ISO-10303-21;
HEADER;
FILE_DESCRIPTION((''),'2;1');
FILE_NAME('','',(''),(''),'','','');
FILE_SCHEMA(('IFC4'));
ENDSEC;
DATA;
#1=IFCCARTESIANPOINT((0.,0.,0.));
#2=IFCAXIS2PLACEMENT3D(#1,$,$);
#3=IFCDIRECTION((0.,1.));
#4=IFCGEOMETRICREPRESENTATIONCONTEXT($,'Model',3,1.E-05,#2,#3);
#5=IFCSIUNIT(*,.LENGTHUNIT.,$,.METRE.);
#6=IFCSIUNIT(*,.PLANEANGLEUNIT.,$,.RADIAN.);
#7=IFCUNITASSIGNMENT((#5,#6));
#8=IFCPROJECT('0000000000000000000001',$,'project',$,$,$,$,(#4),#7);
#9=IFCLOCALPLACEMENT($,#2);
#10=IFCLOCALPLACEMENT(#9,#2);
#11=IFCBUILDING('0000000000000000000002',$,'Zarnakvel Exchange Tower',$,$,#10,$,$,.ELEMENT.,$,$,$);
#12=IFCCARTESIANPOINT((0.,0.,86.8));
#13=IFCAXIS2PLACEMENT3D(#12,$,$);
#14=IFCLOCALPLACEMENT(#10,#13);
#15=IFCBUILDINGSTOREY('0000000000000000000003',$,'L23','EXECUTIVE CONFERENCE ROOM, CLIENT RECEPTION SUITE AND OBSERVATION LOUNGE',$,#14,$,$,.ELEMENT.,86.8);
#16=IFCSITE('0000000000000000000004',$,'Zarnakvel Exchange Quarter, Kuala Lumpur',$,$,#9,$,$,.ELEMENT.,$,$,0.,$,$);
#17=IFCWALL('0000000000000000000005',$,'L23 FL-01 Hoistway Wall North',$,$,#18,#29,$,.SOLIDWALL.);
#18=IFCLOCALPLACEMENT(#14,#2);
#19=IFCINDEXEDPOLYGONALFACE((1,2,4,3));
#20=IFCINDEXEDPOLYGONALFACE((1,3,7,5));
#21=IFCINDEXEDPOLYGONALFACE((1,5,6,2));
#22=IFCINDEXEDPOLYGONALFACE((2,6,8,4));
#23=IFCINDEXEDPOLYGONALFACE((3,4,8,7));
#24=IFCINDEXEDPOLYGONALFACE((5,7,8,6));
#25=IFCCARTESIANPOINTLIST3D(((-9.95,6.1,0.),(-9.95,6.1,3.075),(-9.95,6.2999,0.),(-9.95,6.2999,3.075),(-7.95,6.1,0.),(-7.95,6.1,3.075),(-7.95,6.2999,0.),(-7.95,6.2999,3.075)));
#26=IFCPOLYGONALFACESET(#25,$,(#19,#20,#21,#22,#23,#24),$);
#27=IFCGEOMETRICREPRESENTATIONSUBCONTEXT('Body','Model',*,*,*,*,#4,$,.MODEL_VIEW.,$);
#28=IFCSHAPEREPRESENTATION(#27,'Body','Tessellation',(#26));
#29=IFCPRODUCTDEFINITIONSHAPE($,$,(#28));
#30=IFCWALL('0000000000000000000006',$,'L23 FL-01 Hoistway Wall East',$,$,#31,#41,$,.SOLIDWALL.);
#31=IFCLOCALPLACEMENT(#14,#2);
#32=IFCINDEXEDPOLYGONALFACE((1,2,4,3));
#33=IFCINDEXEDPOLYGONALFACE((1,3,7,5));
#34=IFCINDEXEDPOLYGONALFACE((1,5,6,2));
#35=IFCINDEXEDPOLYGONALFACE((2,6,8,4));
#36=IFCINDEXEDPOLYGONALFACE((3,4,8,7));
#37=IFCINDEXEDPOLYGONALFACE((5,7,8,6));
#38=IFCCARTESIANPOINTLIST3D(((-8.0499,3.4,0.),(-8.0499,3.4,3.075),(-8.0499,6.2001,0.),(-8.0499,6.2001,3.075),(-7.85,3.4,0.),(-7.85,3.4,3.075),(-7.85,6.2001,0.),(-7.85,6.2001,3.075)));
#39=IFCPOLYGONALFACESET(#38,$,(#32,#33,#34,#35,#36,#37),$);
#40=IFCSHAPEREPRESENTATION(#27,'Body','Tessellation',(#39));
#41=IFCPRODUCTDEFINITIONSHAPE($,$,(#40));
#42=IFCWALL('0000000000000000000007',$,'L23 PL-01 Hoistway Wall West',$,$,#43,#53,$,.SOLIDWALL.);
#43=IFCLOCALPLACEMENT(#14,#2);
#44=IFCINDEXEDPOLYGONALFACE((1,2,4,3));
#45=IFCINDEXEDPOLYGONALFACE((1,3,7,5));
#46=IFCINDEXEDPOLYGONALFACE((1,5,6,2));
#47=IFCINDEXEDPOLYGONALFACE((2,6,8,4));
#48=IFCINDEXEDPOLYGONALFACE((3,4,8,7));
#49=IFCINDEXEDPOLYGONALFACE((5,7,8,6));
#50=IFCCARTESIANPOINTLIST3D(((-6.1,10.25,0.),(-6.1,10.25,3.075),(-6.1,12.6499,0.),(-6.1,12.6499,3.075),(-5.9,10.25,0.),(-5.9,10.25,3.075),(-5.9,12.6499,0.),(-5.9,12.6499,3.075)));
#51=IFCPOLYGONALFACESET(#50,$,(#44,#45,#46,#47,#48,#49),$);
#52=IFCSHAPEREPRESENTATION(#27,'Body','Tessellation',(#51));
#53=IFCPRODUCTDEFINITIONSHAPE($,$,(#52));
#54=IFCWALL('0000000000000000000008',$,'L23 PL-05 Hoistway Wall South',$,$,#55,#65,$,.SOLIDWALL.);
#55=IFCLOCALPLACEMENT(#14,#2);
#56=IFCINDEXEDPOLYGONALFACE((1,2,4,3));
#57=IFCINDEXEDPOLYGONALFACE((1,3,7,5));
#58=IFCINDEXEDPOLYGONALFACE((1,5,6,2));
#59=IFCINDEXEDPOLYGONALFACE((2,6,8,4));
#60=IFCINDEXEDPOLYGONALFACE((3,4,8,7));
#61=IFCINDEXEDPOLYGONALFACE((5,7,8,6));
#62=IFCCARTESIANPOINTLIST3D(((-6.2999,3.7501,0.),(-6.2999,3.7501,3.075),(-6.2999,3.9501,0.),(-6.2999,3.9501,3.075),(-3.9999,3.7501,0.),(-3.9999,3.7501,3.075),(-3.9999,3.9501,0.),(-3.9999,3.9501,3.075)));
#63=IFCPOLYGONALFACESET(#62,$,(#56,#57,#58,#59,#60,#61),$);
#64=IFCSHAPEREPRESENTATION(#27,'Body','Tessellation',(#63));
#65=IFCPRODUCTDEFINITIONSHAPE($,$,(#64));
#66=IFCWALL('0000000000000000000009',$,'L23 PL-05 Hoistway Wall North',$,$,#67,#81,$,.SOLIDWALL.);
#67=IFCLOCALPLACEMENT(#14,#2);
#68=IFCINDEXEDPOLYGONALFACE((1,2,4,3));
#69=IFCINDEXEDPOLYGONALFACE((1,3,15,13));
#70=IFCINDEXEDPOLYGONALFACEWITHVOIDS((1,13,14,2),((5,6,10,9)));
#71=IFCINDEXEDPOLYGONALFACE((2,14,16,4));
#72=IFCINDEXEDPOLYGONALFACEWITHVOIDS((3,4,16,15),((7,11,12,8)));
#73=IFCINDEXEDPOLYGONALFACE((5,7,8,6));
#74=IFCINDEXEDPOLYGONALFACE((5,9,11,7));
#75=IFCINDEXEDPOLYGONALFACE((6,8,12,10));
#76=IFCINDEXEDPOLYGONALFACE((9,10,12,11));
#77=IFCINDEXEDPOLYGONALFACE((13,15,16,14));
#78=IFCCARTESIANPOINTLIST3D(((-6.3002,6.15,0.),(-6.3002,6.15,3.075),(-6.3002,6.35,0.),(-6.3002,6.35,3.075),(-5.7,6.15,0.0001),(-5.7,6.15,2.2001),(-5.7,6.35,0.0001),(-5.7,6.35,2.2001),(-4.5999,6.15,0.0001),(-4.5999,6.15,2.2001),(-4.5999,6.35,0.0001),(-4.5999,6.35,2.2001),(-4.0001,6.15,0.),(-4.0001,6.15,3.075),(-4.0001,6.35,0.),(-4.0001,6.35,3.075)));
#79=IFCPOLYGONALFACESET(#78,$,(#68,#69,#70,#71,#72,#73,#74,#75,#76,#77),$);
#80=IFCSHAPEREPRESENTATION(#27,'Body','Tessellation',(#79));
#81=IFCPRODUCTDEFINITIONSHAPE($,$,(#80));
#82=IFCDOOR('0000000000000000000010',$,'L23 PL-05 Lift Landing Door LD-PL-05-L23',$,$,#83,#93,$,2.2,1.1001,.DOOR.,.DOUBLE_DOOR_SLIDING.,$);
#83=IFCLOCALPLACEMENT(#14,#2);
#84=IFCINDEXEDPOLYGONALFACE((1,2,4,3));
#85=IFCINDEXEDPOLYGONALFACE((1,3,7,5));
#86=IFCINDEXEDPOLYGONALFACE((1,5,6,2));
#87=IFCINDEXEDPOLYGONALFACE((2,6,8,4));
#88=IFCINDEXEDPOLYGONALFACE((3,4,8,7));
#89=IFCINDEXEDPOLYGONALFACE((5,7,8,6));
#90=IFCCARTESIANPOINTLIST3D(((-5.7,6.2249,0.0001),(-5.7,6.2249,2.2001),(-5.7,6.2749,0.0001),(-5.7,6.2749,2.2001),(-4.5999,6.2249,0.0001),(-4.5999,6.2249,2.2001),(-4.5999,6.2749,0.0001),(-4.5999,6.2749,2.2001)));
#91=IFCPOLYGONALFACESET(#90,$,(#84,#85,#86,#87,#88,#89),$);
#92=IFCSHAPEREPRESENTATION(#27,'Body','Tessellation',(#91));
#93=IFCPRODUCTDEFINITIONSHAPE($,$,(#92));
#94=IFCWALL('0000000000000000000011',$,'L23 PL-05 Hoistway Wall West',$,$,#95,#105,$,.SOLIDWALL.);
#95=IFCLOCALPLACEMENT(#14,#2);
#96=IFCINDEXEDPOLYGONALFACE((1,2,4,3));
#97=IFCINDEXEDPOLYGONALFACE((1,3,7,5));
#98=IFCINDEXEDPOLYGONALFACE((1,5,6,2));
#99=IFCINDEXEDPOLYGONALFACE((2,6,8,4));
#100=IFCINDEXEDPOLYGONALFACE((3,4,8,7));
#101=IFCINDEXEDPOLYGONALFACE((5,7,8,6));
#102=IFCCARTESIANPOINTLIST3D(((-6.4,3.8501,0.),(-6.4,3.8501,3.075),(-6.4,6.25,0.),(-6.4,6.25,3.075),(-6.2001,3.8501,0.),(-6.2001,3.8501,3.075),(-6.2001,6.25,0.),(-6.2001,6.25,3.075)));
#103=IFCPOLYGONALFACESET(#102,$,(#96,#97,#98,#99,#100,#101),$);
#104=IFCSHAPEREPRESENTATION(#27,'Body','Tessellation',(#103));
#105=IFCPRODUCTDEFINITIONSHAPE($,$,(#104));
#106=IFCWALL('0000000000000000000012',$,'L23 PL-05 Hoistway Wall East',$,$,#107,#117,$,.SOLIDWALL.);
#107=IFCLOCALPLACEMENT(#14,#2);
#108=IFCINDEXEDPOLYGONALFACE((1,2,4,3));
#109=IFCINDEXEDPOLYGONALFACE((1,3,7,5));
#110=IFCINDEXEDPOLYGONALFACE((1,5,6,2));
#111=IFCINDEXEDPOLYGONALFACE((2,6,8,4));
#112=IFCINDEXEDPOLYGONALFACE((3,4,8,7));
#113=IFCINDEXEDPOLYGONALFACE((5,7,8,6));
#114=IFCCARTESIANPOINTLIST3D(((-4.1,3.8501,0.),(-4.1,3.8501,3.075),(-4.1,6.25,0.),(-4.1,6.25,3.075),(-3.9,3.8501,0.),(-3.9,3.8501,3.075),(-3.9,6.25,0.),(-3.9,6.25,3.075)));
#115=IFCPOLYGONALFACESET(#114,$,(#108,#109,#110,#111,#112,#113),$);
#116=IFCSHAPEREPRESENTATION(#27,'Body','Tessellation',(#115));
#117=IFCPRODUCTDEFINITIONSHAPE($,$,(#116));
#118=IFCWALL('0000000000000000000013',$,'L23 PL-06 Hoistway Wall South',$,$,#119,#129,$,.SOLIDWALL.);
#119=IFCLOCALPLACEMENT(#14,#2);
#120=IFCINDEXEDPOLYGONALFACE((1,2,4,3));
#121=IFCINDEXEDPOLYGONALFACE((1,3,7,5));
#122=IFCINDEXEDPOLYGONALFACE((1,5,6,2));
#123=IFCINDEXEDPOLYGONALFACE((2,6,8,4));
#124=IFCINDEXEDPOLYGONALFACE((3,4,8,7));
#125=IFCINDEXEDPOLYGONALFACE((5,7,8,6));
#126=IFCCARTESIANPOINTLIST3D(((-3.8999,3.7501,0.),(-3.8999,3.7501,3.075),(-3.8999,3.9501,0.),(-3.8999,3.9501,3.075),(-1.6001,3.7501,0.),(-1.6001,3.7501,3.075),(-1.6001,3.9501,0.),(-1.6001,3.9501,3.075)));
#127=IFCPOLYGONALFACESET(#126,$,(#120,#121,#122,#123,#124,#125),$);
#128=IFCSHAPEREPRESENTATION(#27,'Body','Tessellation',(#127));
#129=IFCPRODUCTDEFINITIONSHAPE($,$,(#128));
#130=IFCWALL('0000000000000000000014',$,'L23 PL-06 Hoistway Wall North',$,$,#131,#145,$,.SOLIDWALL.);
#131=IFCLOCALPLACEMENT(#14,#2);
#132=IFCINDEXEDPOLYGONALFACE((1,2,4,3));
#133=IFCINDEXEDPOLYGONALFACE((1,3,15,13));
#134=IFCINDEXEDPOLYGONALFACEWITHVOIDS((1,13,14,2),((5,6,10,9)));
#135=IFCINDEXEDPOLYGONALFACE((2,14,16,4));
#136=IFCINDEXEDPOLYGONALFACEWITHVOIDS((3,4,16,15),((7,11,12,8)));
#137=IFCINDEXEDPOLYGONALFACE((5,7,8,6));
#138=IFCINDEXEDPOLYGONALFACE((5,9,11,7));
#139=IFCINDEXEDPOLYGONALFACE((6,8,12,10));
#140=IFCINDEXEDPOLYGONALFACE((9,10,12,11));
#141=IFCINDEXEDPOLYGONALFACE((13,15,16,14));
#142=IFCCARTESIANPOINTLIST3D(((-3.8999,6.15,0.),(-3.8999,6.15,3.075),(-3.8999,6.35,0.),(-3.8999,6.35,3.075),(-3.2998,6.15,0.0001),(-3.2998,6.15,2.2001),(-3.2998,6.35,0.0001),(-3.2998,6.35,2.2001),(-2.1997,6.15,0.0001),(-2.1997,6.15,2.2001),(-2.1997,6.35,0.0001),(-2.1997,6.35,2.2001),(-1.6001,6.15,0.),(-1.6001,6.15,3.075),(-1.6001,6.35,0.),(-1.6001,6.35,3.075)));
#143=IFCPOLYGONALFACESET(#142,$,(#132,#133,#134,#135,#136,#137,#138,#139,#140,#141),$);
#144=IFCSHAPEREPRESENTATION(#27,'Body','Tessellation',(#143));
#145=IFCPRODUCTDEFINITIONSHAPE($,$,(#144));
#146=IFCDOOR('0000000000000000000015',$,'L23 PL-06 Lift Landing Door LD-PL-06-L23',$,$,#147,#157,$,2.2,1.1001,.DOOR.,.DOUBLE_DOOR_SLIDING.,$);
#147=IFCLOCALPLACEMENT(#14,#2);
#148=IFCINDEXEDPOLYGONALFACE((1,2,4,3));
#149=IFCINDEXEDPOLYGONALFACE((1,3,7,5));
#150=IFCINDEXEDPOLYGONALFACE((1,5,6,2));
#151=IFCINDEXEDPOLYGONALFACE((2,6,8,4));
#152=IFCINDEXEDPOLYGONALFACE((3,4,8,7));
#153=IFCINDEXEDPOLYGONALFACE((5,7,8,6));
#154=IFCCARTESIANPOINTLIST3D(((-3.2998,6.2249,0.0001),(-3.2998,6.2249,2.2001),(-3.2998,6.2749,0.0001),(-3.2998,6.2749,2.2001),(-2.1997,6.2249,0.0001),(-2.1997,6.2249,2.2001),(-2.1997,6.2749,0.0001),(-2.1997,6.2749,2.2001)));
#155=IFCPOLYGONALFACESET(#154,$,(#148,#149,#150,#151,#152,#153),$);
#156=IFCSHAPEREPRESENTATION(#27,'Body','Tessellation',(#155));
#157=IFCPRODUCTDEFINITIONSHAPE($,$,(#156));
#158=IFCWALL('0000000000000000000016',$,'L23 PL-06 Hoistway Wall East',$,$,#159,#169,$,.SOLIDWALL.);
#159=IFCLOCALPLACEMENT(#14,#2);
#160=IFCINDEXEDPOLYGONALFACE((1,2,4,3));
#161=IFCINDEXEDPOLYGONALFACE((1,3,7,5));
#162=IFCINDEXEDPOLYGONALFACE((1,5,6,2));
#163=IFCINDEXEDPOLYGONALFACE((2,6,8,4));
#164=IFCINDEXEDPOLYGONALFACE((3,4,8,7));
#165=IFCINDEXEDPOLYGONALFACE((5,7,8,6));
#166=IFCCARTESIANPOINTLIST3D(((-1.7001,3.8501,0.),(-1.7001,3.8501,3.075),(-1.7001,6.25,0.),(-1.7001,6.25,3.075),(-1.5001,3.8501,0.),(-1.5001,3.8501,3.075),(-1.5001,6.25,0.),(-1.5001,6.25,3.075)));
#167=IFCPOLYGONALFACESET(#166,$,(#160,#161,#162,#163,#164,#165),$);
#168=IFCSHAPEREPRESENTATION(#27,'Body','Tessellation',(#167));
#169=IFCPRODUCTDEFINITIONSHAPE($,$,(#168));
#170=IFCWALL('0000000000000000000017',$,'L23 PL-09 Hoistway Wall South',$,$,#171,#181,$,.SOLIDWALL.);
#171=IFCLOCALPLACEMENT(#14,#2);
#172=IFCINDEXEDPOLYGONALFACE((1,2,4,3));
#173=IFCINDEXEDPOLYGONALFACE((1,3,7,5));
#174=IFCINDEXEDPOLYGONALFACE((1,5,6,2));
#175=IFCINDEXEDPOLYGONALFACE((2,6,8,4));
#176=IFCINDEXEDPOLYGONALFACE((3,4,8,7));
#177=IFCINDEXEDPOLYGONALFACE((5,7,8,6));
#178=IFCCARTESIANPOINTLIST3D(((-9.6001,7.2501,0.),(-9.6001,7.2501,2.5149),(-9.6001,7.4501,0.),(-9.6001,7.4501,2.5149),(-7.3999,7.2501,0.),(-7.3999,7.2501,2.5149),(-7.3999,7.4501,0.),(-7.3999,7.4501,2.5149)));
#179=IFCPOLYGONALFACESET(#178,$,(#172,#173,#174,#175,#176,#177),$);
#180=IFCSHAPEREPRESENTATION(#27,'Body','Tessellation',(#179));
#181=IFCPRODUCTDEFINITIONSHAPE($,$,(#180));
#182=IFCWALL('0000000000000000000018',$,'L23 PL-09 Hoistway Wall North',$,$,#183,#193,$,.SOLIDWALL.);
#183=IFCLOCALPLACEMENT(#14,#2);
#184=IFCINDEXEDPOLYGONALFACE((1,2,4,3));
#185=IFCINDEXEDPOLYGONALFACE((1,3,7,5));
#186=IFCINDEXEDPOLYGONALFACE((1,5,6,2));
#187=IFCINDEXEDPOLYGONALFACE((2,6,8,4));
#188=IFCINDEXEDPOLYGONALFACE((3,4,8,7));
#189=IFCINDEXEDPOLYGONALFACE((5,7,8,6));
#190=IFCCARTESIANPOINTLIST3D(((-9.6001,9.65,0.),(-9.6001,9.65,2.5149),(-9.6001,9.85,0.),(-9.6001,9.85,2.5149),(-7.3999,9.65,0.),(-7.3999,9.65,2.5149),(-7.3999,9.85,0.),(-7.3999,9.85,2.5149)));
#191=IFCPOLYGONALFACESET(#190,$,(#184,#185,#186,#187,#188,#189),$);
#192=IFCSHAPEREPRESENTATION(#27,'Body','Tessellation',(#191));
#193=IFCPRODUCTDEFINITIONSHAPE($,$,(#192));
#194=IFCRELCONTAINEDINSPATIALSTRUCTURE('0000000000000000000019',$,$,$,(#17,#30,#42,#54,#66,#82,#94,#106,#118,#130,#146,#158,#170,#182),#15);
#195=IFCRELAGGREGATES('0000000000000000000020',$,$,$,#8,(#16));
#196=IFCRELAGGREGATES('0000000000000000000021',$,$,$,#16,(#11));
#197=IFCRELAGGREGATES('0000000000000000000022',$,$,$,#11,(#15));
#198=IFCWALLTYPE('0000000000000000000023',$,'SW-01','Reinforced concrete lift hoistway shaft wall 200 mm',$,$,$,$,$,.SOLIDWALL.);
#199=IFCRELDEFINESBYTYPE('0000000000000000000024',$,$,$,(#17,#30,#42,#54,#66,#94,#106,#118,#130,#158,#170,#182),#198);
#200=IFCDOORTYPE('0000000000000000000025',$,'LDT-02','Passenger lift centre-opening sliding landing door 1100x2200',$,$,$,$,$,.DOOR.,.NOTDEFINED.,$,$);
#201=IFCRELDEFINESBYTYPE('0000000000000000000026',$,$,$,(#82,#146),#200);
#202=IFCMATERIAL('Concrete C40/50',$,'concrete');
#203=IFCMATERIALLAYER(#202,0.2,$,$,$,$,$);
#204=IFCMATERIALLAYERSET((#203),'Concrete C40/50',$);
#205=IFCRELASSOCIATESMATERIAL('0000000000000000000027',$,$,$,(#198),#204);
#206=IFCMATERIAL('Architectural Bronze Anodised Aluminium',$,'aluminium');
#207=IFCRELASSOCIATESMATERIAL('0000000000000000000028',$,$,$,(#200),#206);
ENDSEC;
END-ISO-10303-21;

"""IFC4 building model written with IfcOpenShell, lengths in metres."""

from ifc_helpers import new_model, si_unit, direction, frame, frame_2d, origin, place, context, subcontext, project, spatial, rectangle, extrude, source, transform, mapped, material, layer, layer_set, type_object, element, fill, save


model = new_model("IFC4")

# Units and contexts
model_context = context("Model", 3, precision=1e-05, world=origin(), true_north=direction((0.0, 1.0)))
body_context = subcontext(model_context, "Body", "Model", "MODEL_VIEW")
ifc_project = project(units=[si_unit("LENGTHUNIT", "METRE"), si_unit("PLANEANGLEUNIT", "RADIAN")], contexts=[model_context])

# Site, building, storey
site_placement = place(None, origin())
site = spatial("IfcSite", under=ifc_project, at=site_placement, Name="Zarnakvel Exchange Quarter, Kuala Lumpur", CompositionType="ELEMENT", RefElevation=0.0)
building_placement = place(site_placement, origin())
building = spatial("IfcBuilding", under=site, at=building_placement, Name="Zarnakvel Exchange Tower", CompositionType="ELEMENT")
storey_placement = place(building_placement, frame((0.0, 0.0, 86.8)))
storey = spatial("IfcBuildingStorey", under=building, at=storey_placement, Name="L23", Description="EXECUTIVE CONFERENCE ROOM, CLIENT RECEPTION SUITE AND OBSERVATION LOUNGE", CompositionType="ELEMENT", Elevation=86.8)

# Walls
ifc_material_1 = material(Name="Concrete C40/50", Category="concrete")
ifc_layer_1 = layer(ifc_material_1, 0.2)
ifc_layer_set_1 = layer_set([ifc_layer_1], Name="Concrete C40/50")
wall_type_1 = type_object("IfcWallType", Name="SW-01", Description="Reinforced concrete lift hoistway shaft wall 200 mm", PredefinedType="SOLIDWALL", material=ifc_layer_set_1)
wall_1_placement = place(storey_placement, frame((-9.95, 6.2, 0.0), z_axis=(0.0, 0.0, 1.0), x_axis=(1.0, 0.0, 0.0)))
element("IfcWall", 1, at=wall_1_placement, inside=storey, type_object=wall_type_1, Name="L23 FL-01 Hoistway Wall North", PredefinedType="SOLIDWALL", context=body_context, shape_type="SweptSolid", body=[
    extrude(rectangle(XDim=2.0, YDim=0.2, at=frame_2d((1.0, 0.0))), origin(), (0.0, 0.0, 1.0), 3.075),
])
wall_2_placement = place(storey_placement, frame((-7.95, 6.2, 0.0), z_axis=(0.0, 0.0, 1.0), x_axis=(0.0, -1.0, 0.0)))
element("IfcWall", 2, at=wall_2_placement, inside=storey, type_object=wall_type_1, Name="L23 FL-01 Hoistway Wall East", PredefinedType="SOLIDWALL", context=body_context, shape_type="SweptSolid", body=[
    extrude(rectangle(XDim=2.8, YDim=0.2, at=frame_2d((1.3999, 0.0))), origin(), (0.0, 0.0, 1.0), 3.075),
])
wall_3_placement = place(storey_placement, frame((-6.0, 10.25, 0.0), z_axis=(0.0, 0.0, 1.0), x_axis=(0.0, 1.0, 0.0)))
element("IfcWall", 3, at=wall_3_placement, inside=storey, type_object=wall_type_1, Name="L23 PL-01 Hoistway Wall West", PredefinedType="SOLIDWALL", context=body_context, shape_type="SweptSolid", body=[
    extrude(rectangle(XDim=2.3999, YDim=0.2, at=frame_2d((1.2, 0.0))), origin(), (0.0, 0.0, 1.0), 3.075),
])
wall_4_placement = place(storey_placement, frame((-4.0, 3.8501, 0.0), z_axis=(0.0, 0.0, 1.0), x_axis=(-1.0, 0.0, 0.0)))
element("IfcWall", 4, at=wall_4_placement, inside=storey, type_object=wall_type_1, Name="L23 PL-05 Hoistway Wall South", PredefinedType="SOLIDWALL", context=body_context, shape_type="SweptSolid", body=[
    extrude(rectangle(XDim=2.3, YDim=0.2, at=frame_2d((1.1499, 0.0))), origin(), (0.0, 0.0, 1.0), 3.075),
])

# Wall, opening, door
wall_5_placement = place(storey_placement, frame((-6.3, 6.25, 0.0), z_axis=(0.0, 0.0, 1.0), x_axis=(1.0, 0.0, 0.0)))
wall_5 = element("IfcWall", 5, at=wall_5_placement, inside=storey, type_object=wall_type_1, Name="L23 PL-05 Hoistway Wall North", PredefinedType="SOLIDWALL", context=body_context, shape_type="SweptSolid", body=[
    extrude(rectangle(XDim=2.3, YDim=0.2, at=frame_2d((1.1499, 0.0))), origin(), (0.0, 0.0, 1.0), 3.075),
])
opening_1_placement = place(wall_5_placement, frame((0.6001, 0.0, 0.0)))
opening_1 = element("IfcOpeningElement", 6, at=opening_1_placement, cuts=wall_5, PredefinedType="OPENING", context=body_context, shape_type="SweptSolid", body=[
    extrude(rectangle(XDim=1.1001, YDim=2.2, at=frame_2d((0.55, 1.1001))), frame((0.0, 0.1099, 0.0), z_axis=(0.0, -1.0, 0.0), x_axis=(1.0, 0.0, 0.0)), (0.0, 0.0, 1.0), 0.22),
])
ifc_material_2 = material(Name="Architectural Bronze Anodised Aluminium", Category="aluminium")
door_type_1 = type_object("IfcDoorType", Name="LDT-02", Description="Passenger lift centre-opening sliding landing door 1100x2200", OperationType="NOTDEFINED", PredefinedType="DOOR", material=ifc_material_2)
shared_shape_1 = source(origin(), body_context, "Body", "SweptSolid", [
    extrude(rectangle(XDim=1.1001, YDim=2.2, at=frame_2d((0.55, 1.1001))), frame((0.0, 0.0249, 0.0), z_axis=(0.0, -1.0, 0.0), x_axis=(1.0, 0.0, 0.0)), (0.0, 0.0, 1.0), 0.05),
])
door_1_placement = place(opening_1_placement, origin())
door_1 = element("IfcDoor", 7, at=door_1_placement, inside=storey, type_object=door_type_1, Name="L23 PL-05 Lift Landing Door LD-PL-05-L23", OperationType="DOUBLE_DOOR_SLIDING", OverallHeight=2.2, OverallWidth=1.1001, PredefinedType="DOOR", context=body_context, shape_type="MappedRepresentation", body=[
    mapped(shared_shape_1, transform((0.0, 0.0, 0.0), x_axis=(1.0, 0.0, 0.0), y_axis=(0.0, 1.0, 0.0), z_axis=(0.0, 0.0, 1.0), scale=1.0)),
])
fill(opening_1, door_1)

# Walls
for number, where, z_axis, x_axis, name in (
    (8, (-6.3, 3.8501, 0.0), (0.0, 0.0, 1.0), (0.0, 1.0, 0.0), "L23 PL-05 Hoistway Wall West"),
    (9, (-4.0, 6.25, 0.0), (0.0, 0.0, 1.0), (0.0, -1.0, 0.0), "L23 PL-05 Hoistway Wall East"),
):
    element("IfcWall", number, at=place(storey_placement, frame(where, z_axis=z_axis, x_axis=x_axis)), inside=storey, type_object=wall_type_1, Name=name, PredefinedType="SOLIDWALL", context=body_context, shape_type="SweptSolid", body=[
        extrude(rectangle(XDim=2.3999, YDim=0.2, at=frame_2d((1.2, 0.0))), origin(), (0.0, 0.0, 1.0), 3.075),
    ])
wall_6_placement = place(storey_placement, frame((-1.6001, 3.8501, 0.0), z_axis=(0.0, 0.0, 1.0), x_axis=(-1.0, 0.0, 0.0)))
element("IfcWall", 10, at=wall_6_placement, inside=storey, type_object=wall_type_1, Name="L23 PL-06 Hoistway Wall South", PredefinedType="SOLIDWALL", context=body_context, shape_type="SweptSolid", body=[
    extrude(rectangle(XDim=2.2998, YDim=0.2, at=frame_2d((1.1499, 0.0))), origin(), (0.0, 0.0, 1.0), 3.075),
])

# Wall, opening, door
wall_7_placement = place(storey_placement, frame((-3.8999, 6.25, 0.0), z_axis=(0.0, 0.0, 1.0), x_axis=(1.0, 0.0, 0.0)))
wall_7 = element("IfcWall", 11, at=wall_7_placement, inside=storey, type_object=wall_type_1, Name="L23 PL-06 Hoistway Wall North", PredefinedType="SOLIDWALL", context=body_context, shape_type="SweptSolid", body=[
    extrude(rectangle(XDim=2.2998, YDim=0.2, at=frame_2d((1.1499, 0.0))), origin(), (0.0, 0.0, 1.0), 3.075),
])
opening_2_placement = place(wall_7_placement, frame((0.6001, 0.0, 0.0)))
opening_2 = element("IfcOpeningElement", 12, at=opening_2_placement, cuts=wall_7, PredefinedType="OPENING", context=body_context, shape_type="SweptSolid", body=[
    extrude(rectangle(XDim=1.1001, YDim=2.2, at=frame_2d((0.55, 1.1001))), frame((0.0, 0.1099, 0.0), z_axis=(0.0, -1.0, 0.0), x_axis=(1.0, 0.0, 0.0)), (0.0, 0.0, 1.0), 0.22),
])
door_2_placement = place(opening_2_placement, origin())
door_2 = element("IfcDoor", 13, at=door_2_placement, inside=storey, type_object=door_type_1, Name="L23 PL-06 Lift Landing Door LD-PL-06-L23", OperationType="DOUBLE_DOOR_SLIDING", OverallHeight=2.2, OverallWidth=1.1001, PredefinedType="DOOR", context=body_context, shape_type="MappedRepresentation", body=[
    mapped(shared_shape_1, transform((0.0, 0.0, 0.0), x_axis=(1.0, 0.0, 0.0), y_axis=(0.0, 1.0, 0.0), z_axis=(0.0, 0.0, 1.0), scale=1.0)),
])
fill(opening_2, door_2)

# Walls
wall_8_placement = place(storey_placement, frame((-1.6001, 6.25, 0.0), z_axis=(0.0, 0.0, 1.0), x_axis=(0.0, -1.0, 0.0)))
element("IfcWall", 14, at=wall_8_placement, inside=storey, type_object=wall_type_1, Name="L23 PL-06 Hoistway Wall East", PredefinedType="SOLIDWALL", context=body_context, shape_type="SweptSolid", body=[
    extrude(rectangle(XDim=2.3999, YDim=0.2, at=frame_2d((1.2, 0.0))), origin(), (0.0, 0.0, 1.0), 3.075),
])
for number, where, z_axis, x_axis, name in (
    (15, (-7.3999, 7.3501, 0.0), (0.0, 0.0, 1.0), (-1.0, 0.0, 0.0), "L23 PL-09 Hoistway Wall South"),
    (16, (-9.6001, 9.75, 0.0), (0.0, 0.0, 1.0), (1.0, 0.0, 0.0), "L23 PL-09 Hoistway Wall North"),
):
    element("IfcWall", number, at=place(storey_placement, frame(where, z_axis=z_axis, x_axis=x_axis)), inside=storey, type_object=wall_type_1, Name=name, PredefinedType="SOLIDWALL", context=body_context, shape_type="SweptSolid", body=[
        extrude(rectangle(XDim=2.2002, YDim=0.2, at=frame_2d((1.1001, 0.0))), origin(), (0.0, 0.0, 1.0), 2.5149),
    ])

save(model, "model.ifc")
